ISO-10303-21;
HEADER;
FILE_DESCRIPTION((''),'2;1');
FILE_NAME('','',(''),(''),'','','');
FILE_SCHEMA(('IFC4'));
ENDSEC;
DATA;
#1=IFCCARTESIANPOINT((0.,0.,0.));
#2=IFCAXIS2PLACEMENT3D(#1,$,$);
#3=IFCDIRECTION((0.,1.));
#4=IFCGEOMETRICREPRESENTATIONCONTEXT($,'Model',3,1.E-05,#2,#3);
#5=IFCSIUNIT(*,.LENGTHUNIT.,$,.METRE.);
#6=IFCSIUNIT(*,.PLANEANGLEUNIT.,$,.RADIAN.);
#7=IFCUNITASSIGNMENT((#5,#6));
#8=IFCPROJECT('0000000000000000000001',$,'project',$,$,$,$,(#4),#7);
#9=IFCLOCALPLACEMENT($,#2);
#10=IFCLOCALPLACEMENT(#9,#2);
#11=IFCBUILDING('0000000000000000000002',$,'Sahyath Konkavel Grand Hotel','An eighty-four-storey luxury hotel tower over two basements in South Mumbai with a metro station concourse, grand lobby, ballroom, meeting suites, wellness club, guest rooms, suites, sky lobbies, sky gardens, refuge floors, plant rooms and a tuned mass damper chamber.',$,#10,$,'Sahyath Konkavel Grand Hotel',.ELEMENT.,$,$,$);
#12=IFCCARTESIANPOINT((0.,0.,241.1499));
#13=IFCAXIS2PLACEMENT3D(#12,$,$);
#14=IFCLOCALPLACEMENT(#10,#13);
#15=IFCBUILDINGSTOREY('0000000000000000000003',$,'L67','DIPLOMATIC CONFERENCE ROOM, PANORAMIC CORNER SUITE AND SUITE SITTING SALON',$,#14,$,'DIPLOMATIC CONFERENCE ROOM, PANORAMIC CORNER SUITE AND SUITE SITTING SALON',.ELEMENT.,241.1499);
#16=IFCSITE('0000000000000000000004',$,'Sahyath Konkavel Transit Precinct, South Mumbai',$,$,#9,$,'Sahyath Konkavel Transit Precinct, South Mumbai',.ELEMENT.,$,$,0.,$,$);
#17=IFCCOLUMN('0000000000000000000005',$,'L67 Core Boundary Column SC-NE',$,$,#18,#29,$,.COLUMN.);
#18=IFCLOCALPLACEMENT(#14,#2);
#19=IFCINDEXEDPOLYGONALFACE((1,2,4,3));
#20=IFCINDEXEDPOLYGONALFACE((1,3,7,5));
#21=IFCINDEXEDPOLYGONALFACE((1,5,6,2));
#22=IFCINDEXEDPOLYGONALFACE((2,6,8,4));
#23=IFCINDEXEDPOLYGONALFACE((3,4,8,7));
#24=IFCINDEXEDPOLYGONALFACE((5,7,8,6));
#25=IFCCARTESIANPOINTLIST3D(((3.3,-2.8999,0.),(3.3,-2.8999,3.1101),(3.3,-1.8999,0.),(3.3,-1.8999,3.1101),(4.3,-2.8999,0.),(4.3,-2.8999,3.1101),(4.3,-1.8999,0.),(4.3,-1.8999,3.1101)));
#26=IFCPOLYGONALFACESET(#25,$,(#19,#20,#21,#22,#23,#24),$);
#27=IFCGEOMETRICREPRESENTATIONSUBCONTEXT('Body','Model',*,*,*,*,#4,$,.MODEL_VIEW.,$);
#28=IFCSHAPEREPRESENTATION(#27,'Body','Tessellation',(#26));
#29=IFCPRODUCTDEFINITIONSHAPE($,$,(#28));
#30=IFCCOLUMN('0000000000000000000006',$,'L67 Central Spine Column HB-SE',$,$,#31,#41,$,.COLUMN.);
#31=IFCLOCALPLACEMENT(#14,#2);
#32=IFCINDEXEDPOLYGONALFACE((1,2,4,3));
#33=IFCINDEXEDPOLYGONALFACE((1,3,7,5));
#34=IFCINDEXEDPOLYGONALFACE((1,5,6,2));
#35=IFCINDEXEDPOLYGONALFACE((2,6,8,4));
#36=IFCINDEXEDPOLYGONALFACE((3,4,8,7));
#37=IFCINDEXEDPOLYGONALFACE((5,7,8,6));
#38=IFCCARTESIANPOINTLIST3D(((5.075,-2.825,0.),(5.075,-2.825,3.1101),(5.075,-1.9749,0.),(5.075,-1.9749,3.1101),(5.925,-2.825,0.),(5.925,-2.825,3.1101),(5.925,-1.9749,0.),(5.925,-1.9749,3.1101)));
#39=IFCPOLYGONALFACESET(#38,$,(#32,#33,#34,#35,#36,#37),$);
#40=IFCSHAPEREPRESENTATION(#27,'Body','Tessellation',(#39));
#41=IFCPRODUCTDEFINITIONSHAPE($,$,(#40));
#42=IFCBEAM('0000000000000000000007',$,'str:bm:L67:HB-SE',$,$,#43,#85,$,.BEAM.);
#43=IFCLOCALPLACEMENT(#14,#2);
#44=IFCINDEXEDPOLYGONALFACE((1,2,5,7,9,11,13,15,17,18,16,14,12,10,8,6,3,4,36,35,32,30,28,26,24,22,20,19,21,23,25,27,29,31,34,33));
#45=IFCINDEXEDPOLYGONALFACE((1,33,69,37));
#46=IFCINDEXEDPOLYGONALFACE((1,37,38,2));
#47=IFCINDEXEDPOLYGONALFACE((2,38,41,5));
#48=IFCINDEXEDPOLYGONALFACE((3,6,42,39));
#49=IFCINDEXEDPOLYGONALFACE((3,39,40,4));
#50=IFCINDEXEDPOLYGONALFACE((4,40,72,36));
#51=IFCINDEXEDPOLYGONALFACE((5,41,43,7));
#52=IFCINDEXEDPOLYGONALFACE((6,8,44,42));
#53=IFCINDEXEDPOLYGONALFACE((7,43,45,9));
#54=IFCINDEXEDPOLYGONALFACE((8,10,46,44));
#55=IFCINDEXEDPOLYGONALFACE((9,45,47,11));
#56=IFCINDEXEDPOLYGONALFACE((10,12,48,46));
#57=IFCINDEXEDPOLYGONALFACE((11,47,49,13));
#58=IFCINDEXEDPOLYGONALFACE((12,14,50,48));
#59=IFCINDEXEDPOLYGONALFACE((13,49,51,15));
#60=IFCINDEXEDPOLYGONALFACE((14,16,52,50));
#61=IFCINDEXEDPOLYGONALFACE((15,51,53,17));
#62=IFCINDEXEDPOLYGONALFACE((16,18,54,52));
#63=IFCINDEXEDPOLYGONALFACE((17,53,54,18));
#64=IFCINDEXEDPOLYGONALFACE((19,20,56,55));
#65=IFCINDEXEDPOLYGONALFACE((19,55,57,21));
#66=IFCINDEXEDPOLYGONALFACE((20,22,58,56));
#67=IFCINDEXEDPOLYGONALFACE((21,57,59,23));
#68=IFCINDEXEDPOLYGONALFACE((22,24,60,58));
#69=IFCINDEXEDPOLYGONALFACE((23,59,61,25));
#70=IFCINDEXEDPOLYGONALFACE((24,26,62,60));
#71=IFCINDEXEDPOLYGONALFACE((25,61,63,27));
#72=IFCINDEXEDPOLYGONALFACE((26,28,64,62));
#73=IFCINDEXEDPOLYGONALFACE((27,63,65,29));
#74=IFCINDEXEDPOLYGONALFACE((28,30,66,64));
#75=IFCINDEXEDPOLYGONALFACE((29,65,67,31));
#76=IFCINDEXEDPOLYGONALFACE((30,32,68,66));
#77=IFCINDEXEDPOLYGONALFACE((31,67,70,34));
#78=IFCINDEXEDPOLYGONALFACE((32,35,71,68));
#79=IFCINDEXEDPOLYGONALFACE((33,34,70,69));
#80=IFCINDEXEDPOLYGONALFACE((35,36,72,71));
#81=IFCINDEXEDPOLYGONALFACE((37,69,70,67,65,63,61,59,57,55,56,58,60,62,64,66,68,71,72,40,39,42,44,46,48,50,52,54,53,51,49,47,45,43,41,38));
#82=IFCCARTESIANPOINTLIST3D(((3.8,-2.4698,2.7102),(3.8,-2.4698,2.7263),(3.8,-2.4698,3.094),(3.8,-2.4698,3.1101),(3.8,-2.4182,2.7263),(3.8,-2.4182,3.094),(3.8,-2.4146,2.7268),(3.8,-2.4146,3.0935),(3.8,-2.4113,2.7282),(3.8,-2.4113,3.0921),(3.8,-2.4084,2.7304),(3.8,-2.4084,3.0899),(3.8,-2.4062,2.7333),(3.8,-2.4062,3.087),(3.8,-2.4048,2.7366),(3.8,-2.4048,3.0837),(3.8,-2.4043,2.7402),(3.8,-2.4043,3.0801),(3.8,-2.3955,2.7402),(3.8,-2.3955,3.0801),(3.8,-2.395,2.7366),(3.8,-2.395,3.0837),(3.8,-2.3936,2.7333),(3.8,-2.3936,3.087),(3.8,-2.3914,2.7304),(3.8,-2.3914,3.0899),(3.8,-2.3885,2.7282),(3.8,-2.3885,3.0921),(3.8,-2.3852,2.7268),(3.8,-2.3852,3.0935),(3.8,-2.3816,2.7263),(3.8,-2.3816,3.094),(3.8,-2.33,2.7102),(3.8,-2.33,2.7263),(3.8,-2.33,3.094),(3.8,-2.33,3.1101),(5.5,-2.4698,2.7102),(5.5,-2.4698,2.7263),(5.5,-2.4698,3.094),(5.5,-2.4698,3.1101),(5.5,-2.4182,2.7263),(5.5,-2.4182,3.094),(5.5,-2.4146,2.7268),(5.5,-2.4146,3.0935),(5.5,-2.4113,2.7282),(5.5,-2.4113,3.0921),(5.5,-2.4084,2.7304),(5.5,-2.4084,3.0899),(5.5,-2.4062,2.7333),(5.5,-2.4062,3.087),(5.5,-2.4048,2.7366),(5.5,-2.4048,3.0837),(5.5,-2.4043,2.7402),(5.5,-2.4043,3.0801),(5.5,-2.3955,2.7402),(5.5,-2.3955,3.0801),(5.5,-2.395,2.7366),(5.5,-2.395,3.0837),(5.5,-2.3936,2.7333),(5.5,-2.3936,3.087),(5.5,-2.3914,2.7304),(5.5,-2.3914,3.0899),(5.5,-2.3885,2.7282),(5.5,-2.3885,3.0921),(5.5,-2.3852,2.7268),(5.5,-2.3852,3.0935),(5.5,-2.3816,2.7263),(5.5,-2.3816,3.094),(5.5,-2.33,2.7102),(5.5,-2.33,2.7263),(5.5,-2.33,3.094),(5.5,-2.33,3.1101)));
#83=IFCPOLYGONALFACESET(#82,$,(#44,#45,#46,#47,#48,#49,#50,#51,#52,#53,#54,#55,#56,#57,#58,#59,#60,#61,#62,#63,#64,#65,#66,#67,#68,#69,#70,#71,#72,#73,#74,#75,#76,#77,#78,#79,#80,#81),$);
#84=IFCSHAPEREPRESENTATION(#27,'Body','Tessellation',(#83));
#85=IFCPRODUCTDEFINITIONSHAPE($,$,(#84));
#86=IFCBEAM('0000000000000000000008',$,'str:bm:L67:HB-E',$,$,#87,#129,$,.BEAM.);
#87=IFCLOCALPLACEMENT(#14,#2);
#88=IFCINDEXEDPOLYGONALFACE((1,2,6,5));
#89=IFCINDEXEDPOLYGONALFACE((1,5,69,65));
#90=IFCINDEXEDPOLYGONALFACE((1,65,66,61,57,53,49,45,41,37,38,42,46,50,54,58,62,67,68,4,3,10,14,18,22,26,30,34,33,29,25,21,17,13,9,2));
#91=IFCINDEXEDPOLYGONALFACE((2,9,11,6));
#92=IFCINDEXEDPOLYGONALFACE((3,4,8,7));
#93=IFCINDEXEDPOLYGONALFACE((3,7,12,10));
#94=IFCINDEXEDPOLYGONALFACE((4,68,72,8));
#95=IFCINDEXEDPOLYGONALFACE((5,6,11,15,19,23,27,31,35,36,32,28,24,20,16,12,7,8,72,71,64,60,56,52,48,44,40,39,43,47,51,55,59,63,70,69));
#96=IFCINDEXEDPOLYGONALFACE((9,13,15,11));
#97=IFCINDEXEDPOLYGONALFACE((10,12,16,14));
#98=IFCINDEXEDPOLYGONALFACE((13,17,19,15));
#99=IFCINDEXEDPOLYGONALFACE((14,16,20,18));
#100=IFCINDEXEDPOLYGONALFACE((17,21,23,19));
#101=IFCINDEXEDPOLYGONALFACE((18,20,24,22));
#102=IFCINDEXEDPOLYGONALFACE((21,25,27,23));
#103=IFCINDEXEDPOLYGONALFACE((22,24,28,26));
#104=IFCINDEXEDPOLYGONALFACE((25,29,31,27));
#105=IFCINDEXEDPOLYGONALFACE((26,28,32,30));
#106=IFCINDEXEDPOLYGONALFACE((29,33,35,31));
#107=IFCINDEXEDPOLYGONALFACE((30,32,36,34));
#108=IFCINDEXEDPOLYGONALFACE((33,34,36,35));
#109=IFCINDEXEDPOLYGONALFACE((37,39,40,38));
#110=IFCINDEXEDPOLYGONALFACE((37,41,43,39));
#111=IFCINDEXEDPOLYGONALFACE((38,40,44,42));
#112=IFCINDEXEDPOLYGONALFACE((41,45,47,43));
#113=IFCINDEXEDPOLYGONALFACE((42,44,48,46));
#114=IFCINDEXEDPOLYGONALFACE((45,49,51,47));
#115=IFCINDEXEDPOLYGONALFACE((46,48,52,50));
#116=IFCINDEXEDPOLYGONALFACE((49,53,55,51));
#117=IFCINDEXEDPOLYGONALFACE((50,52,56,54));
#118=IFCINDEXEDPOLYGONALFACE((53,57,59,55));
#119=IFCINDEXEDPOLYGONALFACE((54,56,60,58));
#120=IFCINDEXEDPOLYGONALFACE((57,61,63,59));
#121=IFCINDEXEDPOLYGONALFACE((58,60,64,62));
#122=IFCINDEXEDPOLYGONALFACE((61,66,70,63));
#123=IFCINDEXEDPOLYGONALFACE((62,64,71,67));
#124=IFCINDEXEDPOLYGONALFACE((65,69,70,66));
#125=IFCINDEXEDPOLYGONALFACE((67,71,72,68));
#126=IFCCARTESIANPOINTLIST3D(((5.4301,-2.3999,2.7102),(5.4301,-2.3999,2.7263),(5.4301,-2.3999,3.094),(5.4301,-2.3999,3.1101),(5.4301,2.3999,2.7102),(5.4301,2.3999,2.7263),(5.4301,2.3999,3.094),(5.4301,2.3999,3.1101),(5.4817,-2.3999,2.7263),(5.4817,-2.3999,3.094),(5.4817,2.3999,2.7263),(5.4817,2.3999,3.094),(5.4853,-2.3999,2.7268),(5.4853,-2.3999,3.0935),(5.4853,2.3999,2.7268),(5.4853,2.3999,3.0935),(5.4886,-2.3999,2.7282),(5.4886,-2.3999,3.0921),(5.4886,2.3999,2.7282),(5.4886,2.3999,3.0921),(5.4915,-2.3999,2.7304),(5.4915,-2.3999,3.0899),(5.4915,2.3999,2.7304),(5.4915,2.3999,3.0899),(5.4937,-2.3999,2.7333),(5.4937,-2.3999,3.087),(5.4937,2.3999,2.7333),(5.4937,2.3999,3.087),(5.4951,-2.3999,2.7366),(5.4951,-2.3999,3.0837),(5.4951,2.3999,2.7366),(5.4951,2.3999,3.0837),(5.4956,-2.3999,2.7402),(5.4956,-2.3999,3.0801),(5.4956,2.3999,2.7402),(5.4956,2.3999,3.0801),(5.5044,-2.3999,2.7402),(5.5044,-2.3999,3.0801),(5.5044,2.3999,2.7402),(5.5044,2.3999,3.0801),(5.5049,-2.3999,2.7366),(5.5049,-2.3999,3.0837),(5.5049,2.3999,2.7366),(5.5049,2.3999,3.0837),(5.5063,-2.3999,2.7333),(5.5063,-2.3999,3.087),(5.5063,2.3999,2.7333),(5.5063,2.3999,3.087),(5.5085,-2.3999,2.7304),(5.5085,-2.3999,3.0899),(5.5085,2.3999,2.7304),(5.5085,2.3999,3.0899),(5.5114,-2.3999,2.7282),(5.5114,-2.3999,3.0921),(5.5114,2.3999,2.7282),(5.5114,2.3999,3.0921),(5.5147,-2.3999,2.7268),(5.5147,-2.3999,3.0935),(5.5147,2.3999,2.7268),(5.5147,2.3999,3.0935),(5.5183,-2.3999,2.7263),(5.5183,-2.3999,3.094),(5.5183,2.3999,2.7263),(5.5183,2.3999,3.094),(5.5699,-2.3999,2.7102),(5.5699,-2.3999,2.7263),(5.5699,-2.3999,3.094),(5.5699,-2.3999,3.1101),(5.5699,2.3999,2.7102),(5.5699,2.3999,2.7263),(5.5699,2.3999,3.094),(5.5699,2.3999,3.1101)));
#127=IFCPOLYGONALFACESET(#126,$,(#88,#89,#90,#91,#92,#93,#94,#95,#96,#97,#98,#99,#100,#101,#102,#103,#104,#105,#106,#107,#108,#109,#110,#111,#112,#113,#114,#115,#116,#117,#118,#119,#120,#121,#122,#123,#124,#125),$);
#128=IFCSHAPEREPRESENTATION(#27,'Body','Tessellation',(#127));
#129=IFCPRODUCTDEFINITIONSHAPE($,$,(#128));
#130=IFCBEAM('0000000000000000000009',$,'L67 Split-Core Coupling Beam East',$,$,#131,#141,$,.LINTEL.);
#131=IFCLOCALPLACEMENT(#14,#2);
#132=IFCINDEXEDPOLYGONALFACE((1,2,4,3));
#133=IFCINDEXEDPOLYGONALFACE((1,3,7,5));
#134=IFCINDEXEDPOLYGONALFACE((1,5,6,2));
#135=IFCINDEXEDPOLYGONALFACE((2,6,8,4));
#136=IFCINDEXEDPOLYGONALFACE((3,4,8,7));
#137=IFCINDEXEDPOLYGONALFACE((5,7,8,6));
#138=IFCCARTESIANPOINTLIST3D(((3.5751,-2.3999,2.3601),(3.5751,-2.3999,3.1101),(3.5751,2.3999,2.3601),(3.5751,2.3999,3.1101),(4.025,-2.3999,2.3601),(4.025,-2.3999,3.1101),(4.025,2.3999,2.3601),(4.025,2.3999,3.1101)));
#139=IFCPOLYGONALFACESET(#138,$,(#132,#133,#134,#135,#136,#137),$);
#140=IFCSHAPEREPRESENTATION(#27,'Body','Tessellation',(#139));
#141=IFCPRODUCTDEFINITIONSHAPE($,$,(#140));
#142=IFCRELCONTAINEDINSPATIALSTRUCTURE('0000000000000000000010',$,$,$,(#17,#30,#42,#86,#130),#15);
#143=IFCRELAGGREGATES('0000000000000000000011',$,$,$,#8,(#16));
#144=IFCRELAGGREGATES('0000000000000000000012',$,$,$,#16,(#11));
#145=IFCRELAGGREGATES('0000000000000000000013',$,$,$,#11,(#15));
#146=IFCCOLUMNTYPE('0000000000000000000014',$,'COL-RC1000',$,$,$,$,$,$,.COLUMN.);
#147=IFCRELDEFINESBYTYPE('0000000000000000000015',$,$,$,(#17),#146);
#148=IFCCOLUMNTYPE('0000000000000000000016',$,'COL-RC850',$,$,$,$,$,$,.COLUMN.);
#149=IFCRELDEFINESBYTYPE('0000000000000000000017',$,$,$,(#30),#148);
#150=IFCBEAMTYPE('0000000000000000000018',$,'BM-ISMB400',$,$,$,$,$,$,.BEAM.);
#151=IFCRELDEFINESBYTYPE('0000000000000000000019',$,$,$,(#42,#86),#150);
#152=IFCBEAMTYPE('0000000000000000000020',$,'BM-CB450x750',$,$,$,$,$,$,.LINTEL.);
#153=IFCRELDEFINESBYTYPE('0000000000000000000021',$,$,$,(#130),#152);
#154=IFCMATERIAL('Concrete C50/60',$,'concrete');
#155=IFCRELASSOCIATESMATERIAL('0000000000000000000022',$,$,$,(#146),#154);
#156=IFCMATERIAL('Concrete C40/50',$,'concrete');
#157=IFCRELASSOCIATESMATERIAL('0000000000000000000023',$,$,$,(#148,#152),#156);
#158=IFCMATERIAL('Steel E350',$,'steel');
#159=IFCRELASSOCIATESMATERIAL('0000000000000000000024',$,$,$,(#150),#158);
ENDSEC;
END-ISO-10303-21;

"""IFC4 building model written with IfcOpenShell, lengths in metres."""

from ifc_helpers import new_model, si_unit, direction, frame, origin, origin_2d, place, context, subcontext, project, spatial, rectangle, i_section, extrude, source, transform, mapped, material, material_profile, profile_set, type_object, element, save


model = new_model("IFC4")

# Units and contexts
model_context = context("Model", 3, precision=1e-05, world=origin(), true_north=direction((0.0, 1.0)))
body_context = subcontext(model_context, "Body", "Model", "MODEL_VIEW")
ifc_project = project(units=[si_unit("LENGTHUNIT", "METRE"), si_unit("PLANEANGLEUNIT", "RADIAN")], contexts=[model_context])

# Site, building, storey
site_placement = place(None, origin())
site = spatial("IfcSite", under=ifc_project, at=site_placement, Name="Sahyath Konkavel Transit Precinct, South Mumbai", LongName="Sahyath Konkavel Transit Precinct, South Mumbai", CompositionType="ELEMENT", RefElevation=0.0)
building_placement = place(site_placement, origin())
building = spatial("IfcBuilding", under=site, at=building_placement, Name="Sahyath Konkavel Grand Hotel", Description="An eighty-four-storey luxury hotel tower over two basements in South Mumbai with a metro station concourse, grand lobby, ballroom, meeting suites, wellness club, guest rooms, suites, sky lobbies, sky gardens, refuge floors, plant rooms and a tuned mass damper chamber.", LongName="Sahyath Konkavel Grand Hotel", CompositionType="ELEMENT")
storey_placement = place(building_placement, frame((0.0, 0.0, 241.1499)))
storey = spatial("IfcBuildingStorey", under=building, at=storey_placement, Name="L67", Description="DIPLOMATIC CONFERENCE ROOM, PANORAMIC CORNER SUITE AND SUITE SITTING SALON", LongName="DIPLOMATIC CONFERENCE ROOM, PANORAMIC CORNER SUITE AND SUITE SITTING SALON", CompositionType="ELEMENT", Elevation=241.1499)

# Columns
ifc_material_1 = material(Name="Concrete C50/60", Category="concrete")
ifc_material_profile_1 = material_profile(ifc_material_1, rectangle(XDim=1.0, YDim=1.0, at=origin_2d()), Name="RC 1000x1000")
ifc_profile_set_1 = profile_set([ifc_material_profile_1], Name="Concrete C50/60")
column_type_1 = type_object("IfcColumnType", Name="COL-RC1000", PredefinedType="COLUMN", material=ifc_profile_set_1)
shared_shape_1 = source(origin(), body_context, "Body", "SweptSolid", [
    extrude(rectangle(XDim=1.0, YDim=1.0, at=origin_2d()), origin(), (0.0, 0.0, 1.0), 3.1101),
])
column_1_placement = place(storey_placement, frame((3.8, -2.3999, 0.0), z_axis=(0.0, 0.0, 1.0), x_axis=(1.0, 0.0, 0.0)))
element("IfcColumn", 1, at=column_1_placement, inside=storey, type_object=column_type_1, Name="L67 Core Boundary Column SC-NE", PredefinedType="COLUMN", context=body_context, shape_type="MappedRepresentation", body=[
    mapped(shared_shape_1, transform((0.0, 0.0, 0.0), scale=1.0)),
])
ifc_material_2 = material(Name="Concrete C40/50", Category="concrete")
ifc_material_profile_2 = material_profile(ifc_material_2, rectangle(XDim=0.8501, YDim=0.8501, at=origin_2d()), Name="RC 850x850")
ifc_profile_set_2 = profile_set([ifc_material_profile_2], Name="Concrete C40/50")
column_type_2 = type_object("IfcColumnType", Name="COL-RC850", PredefinedType="COLUMN", material=ifc_profile_set_2)
shared_shape_2 = source(origin(), body_context, "Body", "SweptSolid", [
    extrude(rectangle(XDim=0.8501, YDim=0.8501, at=origin_2d()), origin(), (0.0, 0.0, 1.0), 3.1101),
])
column_2_placement = place(storey_placement, frame((5.5, -2.3999, 0.0), z_axis=(0.0, 0.0, 1.0), x_axis=(1.0, 0.0, 0.0)))
element("IfcColumn", 2, at=column_2_placement, inside=storey, type_object=column_type_2, Name="L67 Central Spine Column HB-SE", PredefinedType="COLUMN", context=body_context, shape_type="MappedRepresentation", body=[
    mapped(shared_shape_2, transform((0.0, 0.0, 0.0), scale=1.0)),
])

# Beams
ifc_material_3 = material(Name="Steel E350", Category="steel")
ifc_material_profile_3 = material_profile(ifc_material_3, i_section(OverallWidth=0.1399, OverallDepth=0.3999, WebThickness=0.0088, FlangeThickness=0.0161, FilletRadius=0.0139, at=origin_2d()), Name="ISMB 400")
ifc_profile_set_3 = profile_set([ifc_material_profile_3], Name="Steel E350")
beam_type_1 = type_object("IfcBeamType", Name="BM-ISMB400", PredefinedType="BEAM", material=ifc_profile_set_3)
shared_shape_3 = source(origin(), body_context, "Body", "SweptSolid", [
    extrude(i_section(OverallWidth=0.1399, OverallDepth=0.3999, WebThickness=0.0088, FlangeThickness=0.0161, FilletRadius=0.0139, at=origin_2d()), origin(), (0.0, 0.0, 1.0), 1.7),
])
beam_1_placement = place(storey_placement, frame((3.8, -2.3999, 2.9102), z_axis=(1.0, 0.0, 0.0), x_axis=(0.0, 1.0, 0.0)))
element("IfcBeam", 3, at=beam_1_placement, inside=storey, type_object=beam_type_1, Name="str:bm:L67:HB-SE", PredefinedType="BEAM", context=body_context, shape_type="MappedRepresentation", body=[
    mapped(shared_shape_3, transform((0.0, 0.0, 0.0), scale=1.0)),
])
shared_shape_4 = source(origin(), body_context, "Body", "SweptSolid", [
    extrude(i_section(OverallWidth=0.1399, OverallDepth=0.3999, WebThickness=0.0088, FlangeThickness=0.0161, FilletRadius=0.0139, at=origin_2d()), origin(), (0.0, 0.0, 1.0), 4.7998),
])
beam_2_placement = place(storey_placement, frame((5.5, -2.3999, 2.9102), z_axis=(0.0, 1.0, 0.0), x_axis=(-1.0, 0.0, 0.0)))
element("IfcBeam", 4, at=beam_2_placement, inside=storey, type_object=beam_type_1, Name="str:bm:L67:HB-E", PredefinedType="BEAM", context=body_context, shape_type="MappedRepresentation", body=[
    mapped(shared_shape_4, transform((0.0, 0.0, 0.0), scale=1.0)),
])
ifc_material_profile_4 = material_profile(ifc_material_2, rectangle(XDim=0.45, YDim=0.75, at=origin_2d()), Name="RC 450x750")
ifc_profile_set_4 = profile_set([ifc_material_profile_4], Name="Concrete C40/50")
beam_type_2 = type_object("IfcBeamType", Name="BM-CB450x750", PredefinedType="LINTEL", material=ifc_profile_set_4)
shared_shape_5 = source(origin(), body_context, "Body", "SweptSolid", [
    extrude(rectangle(XDim=0.45, YDim=0.75, at=origin_2d()), origin(), (0.0, 0.0, 1.0), 4.7998),
])
beam_3_placement = place(storey_placement, frame((3.8, -2.3999, 2.7351), z_axis=(0.0, 1.0, 0.0), x_axis=(-1.0, 0.0, 0.0)))
element("IfcBeam", 5, at=beam_3_placement, inside=storey, type_object=beam_type_2, Name="L67 Split-Core Coupling Beam East", PredefinedType="LINTEL", context=body_context, shape_type="MappedRepresentation", body=[
    mapped(shared_shape_5, transform((0.0, 0.0, 0.0), scale=1.0)),
])

save(model, "model.ifc")
